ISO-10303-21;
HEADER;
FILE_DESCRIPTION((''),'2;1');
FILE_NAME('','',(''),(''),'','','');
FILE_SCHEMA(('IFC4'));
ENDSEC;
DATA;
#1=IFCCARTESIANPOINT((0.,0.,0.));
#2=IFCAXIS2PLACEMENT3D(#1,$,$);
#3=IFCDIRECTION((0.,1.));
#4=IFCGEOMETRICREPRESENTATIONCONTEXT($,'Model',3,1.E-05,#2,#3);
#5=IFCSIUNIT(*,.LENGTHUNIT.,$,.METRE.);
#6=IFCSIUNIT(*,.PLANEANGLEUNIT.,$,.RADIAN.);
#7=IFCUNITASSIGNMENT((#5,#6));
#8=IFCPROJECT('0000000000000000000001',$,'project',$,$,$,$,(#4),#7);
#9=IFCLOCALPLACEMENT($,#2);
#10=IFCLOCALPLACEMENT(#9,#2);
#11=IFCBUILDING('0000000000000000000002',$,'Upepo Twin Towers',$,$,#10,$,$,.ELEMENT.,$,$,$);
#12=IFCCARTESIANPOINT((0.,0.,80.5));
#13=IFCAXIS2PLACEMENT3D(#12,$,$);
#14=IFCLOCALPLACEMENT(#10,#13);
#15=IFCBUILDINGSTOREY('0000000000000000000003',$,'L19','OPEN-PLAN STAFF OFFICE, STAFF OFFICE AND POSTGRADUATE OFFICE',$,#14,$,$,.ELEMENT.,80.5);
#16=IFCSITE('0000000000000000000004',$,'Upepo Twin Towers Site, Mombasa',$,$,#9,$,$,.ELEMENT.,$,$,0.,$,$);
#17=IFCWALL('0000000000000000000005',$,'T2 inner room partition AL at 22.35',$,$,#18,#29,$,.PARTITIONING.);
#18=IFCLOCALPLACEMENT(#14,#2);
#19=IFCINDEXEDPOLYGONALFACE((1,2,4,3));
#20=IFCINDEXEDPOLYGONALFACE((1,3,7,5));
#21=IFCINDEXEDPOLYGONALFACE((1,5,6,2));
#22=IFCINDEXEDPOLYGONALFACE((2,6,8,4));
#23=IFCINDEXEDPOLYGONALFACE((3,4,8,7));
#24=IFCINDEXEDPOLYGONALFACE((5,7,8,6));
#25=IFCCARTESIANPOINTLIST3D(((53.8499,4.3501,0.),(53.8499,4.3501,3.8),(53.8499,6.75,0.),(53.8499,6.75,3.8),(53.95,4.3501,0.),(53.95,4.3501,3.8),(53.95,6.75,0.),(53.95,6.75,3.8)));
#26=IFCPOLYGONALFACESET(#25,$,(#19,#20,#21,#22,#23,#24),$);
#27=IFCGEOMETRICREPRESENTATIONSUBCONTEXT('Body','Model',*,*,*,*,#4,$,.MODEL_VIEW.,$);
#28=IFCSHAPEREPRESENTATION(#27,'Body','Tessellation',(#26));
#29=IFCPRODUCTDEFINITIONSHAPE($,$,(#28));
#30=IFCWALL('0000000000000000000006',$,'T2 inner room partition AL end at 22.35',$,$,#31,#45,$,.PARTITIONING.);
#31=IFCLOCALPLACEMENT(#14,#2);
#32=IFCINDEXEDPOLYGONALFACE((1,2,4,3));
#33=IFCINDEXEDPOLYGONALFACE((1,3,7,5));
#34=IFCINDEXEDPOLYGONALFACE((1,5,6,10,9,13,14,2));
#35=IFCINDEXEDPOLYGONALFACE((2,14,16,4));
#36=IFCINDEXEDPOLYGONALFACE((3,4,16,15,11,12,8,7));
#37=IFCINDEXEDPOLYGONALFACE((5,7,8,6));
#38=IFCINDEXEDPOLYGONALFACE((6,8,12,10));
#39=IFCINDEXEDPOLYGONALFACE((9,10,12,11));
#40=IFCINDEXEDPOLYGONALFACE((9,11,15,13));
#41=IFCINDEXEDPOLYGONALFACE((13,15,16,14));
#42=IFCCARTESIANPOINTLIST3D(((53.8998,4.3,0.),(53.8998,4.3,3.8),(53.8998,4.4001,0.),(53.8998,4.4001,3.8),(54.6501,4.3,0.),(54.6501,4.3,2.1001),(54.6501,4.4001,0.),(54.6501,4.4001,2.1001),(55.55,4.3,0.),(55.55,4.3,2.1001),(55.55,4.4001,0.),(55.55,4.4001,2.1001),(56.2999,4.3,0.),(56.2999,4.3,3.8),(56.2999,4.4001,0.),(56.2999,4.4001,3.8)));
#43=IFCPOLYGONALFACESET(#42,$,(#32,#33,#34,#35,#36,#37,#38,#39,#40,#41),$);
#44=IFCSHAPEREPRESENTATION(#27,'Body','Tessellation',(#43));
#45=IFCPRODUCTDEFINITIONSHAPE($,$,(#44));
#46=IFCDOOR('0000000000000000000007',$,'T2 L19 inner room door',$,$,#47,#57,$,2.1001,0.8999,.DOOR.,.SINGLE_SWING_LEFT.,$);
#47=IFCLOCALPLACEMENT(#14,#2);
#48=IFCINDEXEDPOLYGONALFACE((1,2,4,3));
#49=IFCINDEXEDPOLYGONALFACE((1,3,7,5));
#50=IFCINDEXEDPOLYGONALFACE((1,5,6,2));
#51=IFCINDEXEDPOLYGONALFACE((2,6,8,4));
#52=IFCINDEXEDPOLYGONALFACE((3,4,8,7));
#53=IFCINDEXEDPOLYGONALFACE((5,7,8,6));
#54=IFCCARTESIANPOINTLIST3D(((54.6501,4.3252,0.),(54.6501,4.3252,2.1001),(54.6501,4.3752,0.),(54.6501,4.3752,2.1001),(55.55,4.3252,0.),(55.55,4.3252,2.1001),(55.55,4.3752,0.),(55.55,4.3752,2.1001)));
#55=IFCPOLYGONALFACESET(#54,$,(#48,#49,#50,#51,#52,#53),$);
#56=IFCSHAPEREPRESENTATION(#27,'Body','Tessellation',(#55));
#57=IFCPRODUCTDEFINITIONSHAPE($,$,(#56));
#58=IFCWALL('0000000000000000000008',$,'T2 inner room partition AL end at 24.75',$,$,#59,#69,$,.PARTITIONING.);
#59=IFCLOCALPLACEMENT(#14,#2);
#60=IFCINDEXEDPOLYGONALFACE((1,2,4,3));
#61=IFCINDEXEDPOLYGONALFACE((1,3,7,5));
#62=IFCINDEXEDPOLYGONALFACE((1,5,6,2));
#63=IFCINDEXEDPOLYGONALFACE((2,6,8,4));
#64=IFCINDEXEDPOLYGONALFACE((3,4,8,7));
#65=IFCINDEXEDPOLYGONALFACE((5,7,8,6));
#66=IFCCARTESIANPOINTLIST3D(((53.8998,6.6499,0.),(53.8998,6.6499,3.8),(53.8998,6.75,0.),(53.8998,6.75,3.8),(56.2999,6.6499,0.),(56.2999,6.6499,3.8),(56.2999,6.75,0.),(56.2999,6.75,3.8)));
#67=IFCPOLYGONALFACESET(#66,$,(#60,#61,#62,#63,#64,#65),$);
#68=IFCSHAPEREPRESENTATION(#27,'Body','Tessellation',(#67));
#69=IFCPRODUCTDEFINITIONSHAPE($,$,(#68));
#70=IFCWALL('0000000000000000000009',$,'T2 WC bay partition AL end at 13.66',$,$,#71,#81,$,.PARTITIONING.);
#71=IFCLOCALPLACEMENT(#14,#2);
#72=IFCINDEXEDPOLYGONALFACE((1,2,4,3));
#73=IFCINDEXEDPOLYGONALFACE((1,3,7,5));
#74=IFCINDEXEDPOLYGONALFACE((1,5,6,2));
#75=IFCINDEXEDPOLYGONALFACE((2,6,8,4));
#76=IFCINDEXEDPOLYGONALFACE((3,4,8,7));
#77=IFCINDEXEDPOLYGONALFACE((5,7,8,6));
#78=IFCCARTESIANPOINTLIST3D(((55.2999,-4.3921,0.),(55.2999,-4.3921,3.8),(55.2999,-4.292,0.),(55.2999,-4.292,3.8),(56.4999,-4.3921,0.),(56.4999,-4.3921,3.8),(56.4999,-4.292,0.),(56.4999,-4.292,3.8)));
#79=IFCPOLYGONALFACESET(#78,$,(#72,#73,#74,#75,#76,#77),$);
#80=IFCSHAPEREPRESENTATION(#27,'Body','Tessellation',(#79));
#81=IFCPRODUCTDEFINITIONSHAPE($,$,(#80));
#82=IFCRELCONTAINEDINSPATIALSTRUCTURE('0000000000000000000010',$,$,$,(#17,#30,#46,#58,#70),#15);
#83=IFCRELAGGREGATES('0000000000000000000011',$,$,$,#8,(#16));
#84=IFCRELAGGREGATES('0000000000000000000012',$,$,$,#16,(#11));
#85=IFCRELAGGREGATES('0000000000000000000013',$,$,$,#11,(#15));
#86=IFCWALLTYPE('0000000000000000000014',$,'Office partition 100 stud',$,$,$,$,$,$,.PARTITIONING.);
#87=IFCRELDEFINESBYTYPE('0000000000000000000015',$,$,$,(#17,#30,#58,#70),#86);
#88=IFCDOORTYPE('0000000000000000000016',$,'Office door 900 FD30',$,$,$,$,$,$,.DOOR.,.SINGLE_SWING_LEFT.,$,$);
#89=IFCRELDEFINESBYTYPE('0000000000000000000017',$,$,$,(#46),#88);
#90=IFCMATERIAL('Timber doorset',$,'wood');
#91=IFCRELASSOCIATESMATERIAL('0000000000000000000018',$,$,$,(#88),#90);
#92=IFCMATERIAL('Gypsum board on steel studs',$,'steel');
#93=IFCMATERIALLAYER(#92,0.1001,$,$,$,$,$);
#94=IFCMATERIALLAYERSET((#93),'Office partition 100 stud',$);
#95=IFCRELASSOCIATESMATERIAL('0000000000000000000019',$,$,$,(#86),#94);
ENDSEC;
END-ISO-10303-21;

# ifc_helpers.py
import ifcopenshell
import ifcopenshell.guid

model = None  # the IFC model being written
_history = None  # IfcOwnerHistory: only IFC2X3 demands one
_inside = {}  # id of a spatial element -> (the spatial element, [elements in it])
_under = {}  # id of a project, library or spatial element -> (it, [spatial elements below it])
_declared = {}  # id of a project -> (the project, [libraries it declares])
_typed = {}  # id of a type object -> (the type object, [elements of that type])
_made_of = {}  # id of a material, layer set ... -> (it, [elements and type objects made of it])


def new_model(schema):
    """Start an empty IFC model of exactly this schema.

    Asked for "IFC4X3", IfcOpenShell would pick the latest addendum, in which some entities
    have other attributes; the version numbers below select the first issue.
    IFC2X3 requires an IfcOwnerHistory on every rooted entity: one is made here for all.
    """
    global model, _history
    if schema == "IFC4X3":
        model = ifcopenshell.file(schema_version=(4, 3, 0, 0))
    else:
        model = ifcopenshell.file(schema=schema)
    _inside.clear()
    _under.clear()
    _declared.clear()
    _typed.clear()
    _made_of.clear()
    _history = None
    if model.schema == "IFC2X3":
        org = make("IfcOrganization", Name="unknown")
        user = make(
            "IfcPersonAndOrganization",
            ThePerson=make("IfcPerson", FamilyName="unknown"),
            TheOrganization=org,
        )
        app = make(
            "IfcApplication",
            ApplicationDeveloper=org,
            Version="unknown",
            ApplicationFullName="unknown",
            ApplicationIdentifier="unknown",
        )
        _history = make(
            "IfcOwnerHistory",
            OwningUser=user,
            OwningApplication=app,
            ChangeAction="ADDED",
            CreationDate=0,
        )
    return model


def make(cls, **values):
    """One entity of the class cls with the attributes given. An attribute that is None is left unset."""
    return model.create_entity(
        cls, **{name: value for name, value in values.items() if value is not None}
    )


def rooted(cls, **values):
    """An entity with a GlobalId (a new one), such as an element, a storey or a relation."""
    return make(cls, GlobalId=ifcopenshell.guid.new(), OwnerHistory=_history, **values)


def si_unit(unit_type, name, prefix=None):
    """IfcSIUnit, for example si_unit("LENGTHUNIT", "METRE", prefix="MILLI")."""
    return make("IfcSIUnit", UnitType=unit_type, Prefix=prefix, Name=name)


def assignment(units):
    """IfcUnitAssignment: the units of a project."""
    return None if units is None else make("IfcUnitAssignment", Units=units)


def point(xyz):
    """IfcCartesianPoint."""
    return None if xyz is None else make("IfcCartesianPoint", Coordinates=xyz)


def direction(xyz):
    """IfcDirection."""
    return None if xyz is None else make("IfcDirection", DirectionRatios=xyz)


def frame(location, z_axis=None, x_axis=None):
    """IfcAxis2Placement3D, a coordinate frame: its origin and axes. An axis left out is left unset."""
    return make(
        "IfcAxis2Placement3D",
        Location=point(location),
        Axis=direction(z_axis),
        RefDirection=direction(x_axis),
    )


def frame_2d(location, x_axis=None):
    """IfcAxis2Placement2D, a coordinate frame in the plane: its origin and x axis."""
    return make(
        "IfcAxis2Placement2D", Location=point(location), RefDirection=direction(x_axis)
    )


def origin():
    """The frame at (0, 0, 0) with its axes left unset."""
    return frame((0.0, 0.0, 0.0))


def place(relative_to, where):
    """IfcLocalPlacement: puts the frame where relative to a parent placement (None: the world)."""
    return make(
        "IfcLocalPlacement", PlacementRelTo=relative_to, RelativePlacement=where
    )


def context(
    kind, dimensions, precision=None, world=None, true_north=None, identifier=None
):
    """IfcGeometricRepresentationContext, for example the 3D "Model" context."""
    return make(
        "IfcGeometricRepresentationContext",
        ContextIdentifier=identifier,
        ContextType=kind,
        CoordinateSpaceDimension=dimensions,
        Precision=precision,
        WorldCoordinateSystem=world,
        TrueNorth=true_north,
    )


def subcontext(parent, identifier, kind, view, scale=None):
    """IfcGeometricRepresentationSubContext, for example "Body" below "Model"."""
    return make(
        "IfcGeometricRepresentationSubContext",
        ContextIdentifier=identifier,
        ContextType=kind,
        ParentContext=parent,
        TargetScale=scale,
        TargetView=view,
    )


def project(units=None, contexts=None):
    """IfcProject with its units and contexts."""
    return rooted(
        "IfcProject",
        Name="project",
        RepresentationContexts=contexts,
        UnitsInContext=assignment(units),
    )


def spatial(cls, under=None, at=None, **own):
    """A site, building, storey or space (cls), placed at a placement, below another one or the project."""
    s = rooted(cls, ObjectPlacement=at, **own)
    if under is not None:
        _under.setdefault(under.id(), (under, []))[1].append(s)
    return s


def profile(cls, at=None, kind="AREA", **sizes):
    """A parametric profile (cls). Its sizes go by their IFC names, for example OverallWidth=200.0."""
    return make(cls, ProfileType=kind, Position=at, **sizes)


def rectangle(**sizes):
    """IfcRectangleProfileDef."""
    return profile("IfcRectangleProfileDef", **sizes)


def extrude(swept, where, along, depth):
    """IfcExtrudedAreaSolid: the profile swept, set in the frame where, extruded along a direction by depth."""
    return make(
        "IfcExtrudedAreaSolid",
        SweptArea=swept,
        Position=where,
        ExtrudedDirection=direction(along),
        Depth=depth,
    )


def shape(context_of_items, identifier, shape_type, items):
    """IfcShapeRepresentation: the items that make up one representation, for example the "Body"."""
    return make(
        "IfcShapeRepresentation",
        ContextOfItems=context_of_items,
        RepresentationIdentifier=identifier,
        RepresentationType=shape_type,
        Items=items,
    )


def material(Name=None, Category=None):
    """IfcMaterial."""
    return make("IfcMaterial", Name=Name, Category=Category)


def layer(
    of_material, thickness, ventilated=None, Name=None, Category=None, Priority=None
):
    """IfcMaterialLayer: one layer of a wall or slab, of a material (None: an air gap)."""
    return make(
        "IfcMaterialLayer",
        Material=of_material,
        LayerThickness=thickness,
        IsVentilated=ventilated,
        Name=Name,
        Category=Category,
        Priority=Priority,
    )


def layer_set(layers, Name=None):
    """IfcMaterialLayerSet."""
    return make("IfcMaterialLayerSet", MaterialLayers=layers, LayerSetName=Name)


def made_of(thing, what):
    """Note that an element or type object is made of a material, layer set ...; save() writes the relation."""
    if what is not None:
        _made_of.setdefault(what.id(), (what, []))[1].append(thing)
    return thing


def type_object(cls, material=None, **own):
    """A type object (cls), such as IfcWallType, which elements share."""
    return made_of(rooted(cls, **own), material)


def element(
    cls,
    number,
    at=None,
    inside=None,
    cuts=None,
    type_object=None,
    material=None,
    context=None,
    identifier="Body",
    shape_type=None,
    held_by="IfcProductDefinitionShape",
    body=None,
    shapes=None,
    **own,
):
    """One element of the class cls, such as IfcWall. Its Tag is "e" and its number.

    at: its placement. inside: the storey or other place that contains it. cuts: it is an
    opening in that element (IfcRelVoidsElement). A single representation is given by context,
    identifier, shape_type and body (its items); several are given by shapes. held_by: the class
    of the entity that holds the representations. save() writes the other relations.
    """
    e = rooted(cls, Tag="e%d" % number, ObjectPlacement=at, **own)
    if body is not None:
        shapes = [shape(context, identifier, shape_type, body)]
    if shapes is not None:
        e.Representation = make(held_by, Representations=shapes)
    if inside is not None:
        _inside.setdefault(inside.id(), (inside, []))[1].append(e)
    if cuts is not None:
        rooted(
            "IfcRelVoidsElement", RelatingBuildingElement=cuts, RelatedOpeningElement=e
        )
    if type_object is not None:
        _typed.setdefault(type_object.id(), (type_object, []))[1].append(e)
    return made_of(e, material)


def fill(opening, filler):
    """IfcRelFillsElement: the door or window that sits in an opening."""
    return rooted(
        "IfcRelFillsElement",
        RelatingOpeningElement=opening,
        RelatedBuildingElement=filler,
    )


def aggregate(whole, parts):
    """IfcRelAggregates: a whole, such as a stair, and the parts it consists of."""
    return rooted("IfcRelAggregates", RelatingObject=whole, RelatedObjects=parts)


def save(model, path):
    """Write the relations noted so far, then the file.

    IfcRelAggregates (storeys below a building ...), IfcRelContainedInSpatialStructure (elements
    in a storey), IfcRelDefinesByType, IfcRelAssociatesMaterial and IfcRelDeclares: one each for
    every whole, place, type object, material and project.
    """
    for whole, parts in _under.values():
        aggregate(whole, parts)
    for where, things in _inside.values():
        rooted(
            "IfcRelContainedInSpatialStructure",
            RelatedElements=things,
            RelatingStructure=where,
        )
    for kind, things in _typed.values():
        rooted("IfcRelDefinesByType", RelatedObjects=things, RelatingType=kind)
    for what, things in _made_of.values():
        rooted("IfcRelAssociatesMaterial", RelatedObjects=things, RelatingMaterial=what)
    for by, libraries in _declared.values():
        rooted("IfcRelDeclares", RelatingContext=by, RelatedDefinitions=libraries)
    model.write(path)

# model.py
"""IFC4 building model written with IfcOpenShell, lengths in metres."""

from ifc_helpers import new_model, si_unit, direction, frame, frame_2d, origin, place, context, subcontext, project, spatial, rectangle, extrude, material, layer, layer_set, type_object, element, fill, save


model = new_model("IFC4")

# Units and contexts
model_context = context("Model", 3, precision=1e-05, world=origin(), true_north=direction((0.0, 1.0)))
body_context = subcontext(model_context, "Body", "Model", "MODEL_VIEW")
ifc_project = project(units=[si_unit("LENGTHUNIT", "METRE"), si_unit("PLANEANGLEUNIT", "RADIAN")], contexts=[model_context])

# Site, building, storey
site_placement = place(None, origin())
site = spatial("IfcSite", under=ifc_project, at=site_placement, Name="Upepo Twin Towers Site, Mombasa", CompositionType="ELEMENT", RefElevation=0.0)
building_placement = place(site_placement, origin())
building = spatial("IfcBuilding", under=site, at=building_placement, Name="Upepo Twin Towers", CompositionType="ELEMENT")
storey_placement = place(building_placement, frame((0.0, 0.0, 80.5)))
storey = spatial("IfcBuildingStorey", under=building, at=storey_placement, Name="L19", Description="OPEN-PLAN STAFF OFFICE, STAFF OFFICE AND POSTGRADUATE OFFICE", CompositionType="ELEMENT", Elevation=80.5)

# Shared definitions
ifc_material_1 = material(Name="Timber doorset", Category="wood")
door_type_1 = type_object("IfcDoorType", Name="Office door 900 FD30", OperationType="SINGLE_SWING_LEFT", PredefinedType="DOOR", material=ifc_material_1)

# Wall
ifc_material_2 = material(Name="Gypsum board on steel studs", Category="steel")
ifc_layer_1 = layer(ifc_material_2, 0.1001)
ifc_layer_set_1 = layer_set([ifc_layer_1], Name="Office partition 100 stud")
wall_type_1 = type_object("IfcWallType", Name="Office partition 100 stud", PredefinedType="PARTITIONING", material=ifc_layer_set_1)
wall_1_placement = place(storey_placement, frame((53.8999, 4.3501, 0.0), z_axis=(0.0, 0.0, 1.0), x_axis=(0.0, 1.0, 0.0)))
element("IfcWall", 1, at=wall_1_placement, inside=storey, type_object=wall_type_1, Name="T2 inner room partition AL at 22.35", PredefinedType="PARTITIONING", context=body_context, shape_type="SweptSolid", body=[
    extrude(rectangle(XDim=2.3999, YDim=0.1001, at=frame_2d((1.2, 0.0))), origin(), (0.0, 0.0, 1.0), 3.8),
])

# Wall, opening, door
wall_2_placement = place(storey_placement, frame((56.3, 4.3501, 0.0), z_axis=(0.0, 0.0, 1.0), x_axis=(-1.0, 0.0, 0.0)))
wall_2 = element("IfcWall", 2, at=wall_2_placement, inside=storey, type_object=wall_type_1, Name="T2 inner room partition AL end at 22.35", PredefinedType="PARTITIONING", context=body_context, shape_type="SweptSolid", body=[
    extrude(rectangle(XDim=2.4001, YDim=0.1001, at=frame_2d((1.2002, 0.0))), origin(), (0.0, 0.0, 1.0), 3.8),
])
opening_1_placement = place(wall_2_placement, frame((0.75, 0.0, 0.0)))
opening_1 = element("IfcOpeningElement", 3, at=opening_1_placement, cuts=wall_2, PredefinedType="OPENING", context=body_context, shape_type="SweptSolid", body=[
    extrude(rectangle(XDim=0.8999, YDim=2.1001, at=frame_2d((0.45, 1.05))), frame((0.0, 0.0601, 0.0), z_axis=(0.0, -1.0, 0.0), x_axis=(1.0, 0.0, 0.0)), (0.0, 0.0, 1.0), 0.1201),
])
door_1_placement = place(opening_1_placement, origin())
door_1 = element("IfcDoor", 4, at=door_1_placement, inside=storey, type_object=door_type_1, Name="T2 L19 inner room door", OperationType="SINGLE_SWING_LEFT", OverallHeight=2.1001, OverallWidth=0.8999, PredefinedType="DOOR", context=body_context, shape_type="SweptSolid", body=[
    extrude(rectangle(XDim=0.8999, YDim=2.1001, at=frame_2d((0.45, 1.05))), frame((0.0, 0.0249, 0.0), z_axis=(0.0, -1.0, 0.0), x_axis=(1.0, 0.0, 0.0)), (0.0, 0.0, 1.0), 0.05),
])
fill(opening_1, door_1)

# Walls
wall_3_placement = place(storey_placement, frame((56.3, 6.7, 0.0), z_axis=(0.0, 0.0, 1.0), x_axis=(-1.0, 0.0, 0.0)))
element("IfcWall", 5, at=wall_3_placement, inside=storey, type_object=wall_type_1, Name="T2 inner room partition AL end at 24.75", PredefinedType="PARTITIONING", context=body_context, shape_type="SweptSolid", body=[
    extrude(rectangle(XDim=2.4001, YDim=0.1001, at=frame_2d((1.2002, 0.0))), origin(), (0.0, 0.0, 1.0), 3.8),
])
wall_4_placement = place(storey_placement, frame((56.5, -4.342, 0.0), z_axis=(0.0, 0.0, 1.0), x_axis=(-1.0, 0.0, 0.0)))
element("IfcWall", 6, at=wall_4_placement, inside=storey, type_object=wall_type_1, Name="T2 WC bay partition AL end at 13.66", PredefinedType="PARTITIONING", context=body_context, shape_type="SweptSolid", body=[
    extrude(rectangle(XDim=1.2, YDim=0.1001, at=frame_2d((0.6001, 0.0))), origin(), (0.0, 0.0, 1.0), 3.8),
])

save(model, "model.ifc")
